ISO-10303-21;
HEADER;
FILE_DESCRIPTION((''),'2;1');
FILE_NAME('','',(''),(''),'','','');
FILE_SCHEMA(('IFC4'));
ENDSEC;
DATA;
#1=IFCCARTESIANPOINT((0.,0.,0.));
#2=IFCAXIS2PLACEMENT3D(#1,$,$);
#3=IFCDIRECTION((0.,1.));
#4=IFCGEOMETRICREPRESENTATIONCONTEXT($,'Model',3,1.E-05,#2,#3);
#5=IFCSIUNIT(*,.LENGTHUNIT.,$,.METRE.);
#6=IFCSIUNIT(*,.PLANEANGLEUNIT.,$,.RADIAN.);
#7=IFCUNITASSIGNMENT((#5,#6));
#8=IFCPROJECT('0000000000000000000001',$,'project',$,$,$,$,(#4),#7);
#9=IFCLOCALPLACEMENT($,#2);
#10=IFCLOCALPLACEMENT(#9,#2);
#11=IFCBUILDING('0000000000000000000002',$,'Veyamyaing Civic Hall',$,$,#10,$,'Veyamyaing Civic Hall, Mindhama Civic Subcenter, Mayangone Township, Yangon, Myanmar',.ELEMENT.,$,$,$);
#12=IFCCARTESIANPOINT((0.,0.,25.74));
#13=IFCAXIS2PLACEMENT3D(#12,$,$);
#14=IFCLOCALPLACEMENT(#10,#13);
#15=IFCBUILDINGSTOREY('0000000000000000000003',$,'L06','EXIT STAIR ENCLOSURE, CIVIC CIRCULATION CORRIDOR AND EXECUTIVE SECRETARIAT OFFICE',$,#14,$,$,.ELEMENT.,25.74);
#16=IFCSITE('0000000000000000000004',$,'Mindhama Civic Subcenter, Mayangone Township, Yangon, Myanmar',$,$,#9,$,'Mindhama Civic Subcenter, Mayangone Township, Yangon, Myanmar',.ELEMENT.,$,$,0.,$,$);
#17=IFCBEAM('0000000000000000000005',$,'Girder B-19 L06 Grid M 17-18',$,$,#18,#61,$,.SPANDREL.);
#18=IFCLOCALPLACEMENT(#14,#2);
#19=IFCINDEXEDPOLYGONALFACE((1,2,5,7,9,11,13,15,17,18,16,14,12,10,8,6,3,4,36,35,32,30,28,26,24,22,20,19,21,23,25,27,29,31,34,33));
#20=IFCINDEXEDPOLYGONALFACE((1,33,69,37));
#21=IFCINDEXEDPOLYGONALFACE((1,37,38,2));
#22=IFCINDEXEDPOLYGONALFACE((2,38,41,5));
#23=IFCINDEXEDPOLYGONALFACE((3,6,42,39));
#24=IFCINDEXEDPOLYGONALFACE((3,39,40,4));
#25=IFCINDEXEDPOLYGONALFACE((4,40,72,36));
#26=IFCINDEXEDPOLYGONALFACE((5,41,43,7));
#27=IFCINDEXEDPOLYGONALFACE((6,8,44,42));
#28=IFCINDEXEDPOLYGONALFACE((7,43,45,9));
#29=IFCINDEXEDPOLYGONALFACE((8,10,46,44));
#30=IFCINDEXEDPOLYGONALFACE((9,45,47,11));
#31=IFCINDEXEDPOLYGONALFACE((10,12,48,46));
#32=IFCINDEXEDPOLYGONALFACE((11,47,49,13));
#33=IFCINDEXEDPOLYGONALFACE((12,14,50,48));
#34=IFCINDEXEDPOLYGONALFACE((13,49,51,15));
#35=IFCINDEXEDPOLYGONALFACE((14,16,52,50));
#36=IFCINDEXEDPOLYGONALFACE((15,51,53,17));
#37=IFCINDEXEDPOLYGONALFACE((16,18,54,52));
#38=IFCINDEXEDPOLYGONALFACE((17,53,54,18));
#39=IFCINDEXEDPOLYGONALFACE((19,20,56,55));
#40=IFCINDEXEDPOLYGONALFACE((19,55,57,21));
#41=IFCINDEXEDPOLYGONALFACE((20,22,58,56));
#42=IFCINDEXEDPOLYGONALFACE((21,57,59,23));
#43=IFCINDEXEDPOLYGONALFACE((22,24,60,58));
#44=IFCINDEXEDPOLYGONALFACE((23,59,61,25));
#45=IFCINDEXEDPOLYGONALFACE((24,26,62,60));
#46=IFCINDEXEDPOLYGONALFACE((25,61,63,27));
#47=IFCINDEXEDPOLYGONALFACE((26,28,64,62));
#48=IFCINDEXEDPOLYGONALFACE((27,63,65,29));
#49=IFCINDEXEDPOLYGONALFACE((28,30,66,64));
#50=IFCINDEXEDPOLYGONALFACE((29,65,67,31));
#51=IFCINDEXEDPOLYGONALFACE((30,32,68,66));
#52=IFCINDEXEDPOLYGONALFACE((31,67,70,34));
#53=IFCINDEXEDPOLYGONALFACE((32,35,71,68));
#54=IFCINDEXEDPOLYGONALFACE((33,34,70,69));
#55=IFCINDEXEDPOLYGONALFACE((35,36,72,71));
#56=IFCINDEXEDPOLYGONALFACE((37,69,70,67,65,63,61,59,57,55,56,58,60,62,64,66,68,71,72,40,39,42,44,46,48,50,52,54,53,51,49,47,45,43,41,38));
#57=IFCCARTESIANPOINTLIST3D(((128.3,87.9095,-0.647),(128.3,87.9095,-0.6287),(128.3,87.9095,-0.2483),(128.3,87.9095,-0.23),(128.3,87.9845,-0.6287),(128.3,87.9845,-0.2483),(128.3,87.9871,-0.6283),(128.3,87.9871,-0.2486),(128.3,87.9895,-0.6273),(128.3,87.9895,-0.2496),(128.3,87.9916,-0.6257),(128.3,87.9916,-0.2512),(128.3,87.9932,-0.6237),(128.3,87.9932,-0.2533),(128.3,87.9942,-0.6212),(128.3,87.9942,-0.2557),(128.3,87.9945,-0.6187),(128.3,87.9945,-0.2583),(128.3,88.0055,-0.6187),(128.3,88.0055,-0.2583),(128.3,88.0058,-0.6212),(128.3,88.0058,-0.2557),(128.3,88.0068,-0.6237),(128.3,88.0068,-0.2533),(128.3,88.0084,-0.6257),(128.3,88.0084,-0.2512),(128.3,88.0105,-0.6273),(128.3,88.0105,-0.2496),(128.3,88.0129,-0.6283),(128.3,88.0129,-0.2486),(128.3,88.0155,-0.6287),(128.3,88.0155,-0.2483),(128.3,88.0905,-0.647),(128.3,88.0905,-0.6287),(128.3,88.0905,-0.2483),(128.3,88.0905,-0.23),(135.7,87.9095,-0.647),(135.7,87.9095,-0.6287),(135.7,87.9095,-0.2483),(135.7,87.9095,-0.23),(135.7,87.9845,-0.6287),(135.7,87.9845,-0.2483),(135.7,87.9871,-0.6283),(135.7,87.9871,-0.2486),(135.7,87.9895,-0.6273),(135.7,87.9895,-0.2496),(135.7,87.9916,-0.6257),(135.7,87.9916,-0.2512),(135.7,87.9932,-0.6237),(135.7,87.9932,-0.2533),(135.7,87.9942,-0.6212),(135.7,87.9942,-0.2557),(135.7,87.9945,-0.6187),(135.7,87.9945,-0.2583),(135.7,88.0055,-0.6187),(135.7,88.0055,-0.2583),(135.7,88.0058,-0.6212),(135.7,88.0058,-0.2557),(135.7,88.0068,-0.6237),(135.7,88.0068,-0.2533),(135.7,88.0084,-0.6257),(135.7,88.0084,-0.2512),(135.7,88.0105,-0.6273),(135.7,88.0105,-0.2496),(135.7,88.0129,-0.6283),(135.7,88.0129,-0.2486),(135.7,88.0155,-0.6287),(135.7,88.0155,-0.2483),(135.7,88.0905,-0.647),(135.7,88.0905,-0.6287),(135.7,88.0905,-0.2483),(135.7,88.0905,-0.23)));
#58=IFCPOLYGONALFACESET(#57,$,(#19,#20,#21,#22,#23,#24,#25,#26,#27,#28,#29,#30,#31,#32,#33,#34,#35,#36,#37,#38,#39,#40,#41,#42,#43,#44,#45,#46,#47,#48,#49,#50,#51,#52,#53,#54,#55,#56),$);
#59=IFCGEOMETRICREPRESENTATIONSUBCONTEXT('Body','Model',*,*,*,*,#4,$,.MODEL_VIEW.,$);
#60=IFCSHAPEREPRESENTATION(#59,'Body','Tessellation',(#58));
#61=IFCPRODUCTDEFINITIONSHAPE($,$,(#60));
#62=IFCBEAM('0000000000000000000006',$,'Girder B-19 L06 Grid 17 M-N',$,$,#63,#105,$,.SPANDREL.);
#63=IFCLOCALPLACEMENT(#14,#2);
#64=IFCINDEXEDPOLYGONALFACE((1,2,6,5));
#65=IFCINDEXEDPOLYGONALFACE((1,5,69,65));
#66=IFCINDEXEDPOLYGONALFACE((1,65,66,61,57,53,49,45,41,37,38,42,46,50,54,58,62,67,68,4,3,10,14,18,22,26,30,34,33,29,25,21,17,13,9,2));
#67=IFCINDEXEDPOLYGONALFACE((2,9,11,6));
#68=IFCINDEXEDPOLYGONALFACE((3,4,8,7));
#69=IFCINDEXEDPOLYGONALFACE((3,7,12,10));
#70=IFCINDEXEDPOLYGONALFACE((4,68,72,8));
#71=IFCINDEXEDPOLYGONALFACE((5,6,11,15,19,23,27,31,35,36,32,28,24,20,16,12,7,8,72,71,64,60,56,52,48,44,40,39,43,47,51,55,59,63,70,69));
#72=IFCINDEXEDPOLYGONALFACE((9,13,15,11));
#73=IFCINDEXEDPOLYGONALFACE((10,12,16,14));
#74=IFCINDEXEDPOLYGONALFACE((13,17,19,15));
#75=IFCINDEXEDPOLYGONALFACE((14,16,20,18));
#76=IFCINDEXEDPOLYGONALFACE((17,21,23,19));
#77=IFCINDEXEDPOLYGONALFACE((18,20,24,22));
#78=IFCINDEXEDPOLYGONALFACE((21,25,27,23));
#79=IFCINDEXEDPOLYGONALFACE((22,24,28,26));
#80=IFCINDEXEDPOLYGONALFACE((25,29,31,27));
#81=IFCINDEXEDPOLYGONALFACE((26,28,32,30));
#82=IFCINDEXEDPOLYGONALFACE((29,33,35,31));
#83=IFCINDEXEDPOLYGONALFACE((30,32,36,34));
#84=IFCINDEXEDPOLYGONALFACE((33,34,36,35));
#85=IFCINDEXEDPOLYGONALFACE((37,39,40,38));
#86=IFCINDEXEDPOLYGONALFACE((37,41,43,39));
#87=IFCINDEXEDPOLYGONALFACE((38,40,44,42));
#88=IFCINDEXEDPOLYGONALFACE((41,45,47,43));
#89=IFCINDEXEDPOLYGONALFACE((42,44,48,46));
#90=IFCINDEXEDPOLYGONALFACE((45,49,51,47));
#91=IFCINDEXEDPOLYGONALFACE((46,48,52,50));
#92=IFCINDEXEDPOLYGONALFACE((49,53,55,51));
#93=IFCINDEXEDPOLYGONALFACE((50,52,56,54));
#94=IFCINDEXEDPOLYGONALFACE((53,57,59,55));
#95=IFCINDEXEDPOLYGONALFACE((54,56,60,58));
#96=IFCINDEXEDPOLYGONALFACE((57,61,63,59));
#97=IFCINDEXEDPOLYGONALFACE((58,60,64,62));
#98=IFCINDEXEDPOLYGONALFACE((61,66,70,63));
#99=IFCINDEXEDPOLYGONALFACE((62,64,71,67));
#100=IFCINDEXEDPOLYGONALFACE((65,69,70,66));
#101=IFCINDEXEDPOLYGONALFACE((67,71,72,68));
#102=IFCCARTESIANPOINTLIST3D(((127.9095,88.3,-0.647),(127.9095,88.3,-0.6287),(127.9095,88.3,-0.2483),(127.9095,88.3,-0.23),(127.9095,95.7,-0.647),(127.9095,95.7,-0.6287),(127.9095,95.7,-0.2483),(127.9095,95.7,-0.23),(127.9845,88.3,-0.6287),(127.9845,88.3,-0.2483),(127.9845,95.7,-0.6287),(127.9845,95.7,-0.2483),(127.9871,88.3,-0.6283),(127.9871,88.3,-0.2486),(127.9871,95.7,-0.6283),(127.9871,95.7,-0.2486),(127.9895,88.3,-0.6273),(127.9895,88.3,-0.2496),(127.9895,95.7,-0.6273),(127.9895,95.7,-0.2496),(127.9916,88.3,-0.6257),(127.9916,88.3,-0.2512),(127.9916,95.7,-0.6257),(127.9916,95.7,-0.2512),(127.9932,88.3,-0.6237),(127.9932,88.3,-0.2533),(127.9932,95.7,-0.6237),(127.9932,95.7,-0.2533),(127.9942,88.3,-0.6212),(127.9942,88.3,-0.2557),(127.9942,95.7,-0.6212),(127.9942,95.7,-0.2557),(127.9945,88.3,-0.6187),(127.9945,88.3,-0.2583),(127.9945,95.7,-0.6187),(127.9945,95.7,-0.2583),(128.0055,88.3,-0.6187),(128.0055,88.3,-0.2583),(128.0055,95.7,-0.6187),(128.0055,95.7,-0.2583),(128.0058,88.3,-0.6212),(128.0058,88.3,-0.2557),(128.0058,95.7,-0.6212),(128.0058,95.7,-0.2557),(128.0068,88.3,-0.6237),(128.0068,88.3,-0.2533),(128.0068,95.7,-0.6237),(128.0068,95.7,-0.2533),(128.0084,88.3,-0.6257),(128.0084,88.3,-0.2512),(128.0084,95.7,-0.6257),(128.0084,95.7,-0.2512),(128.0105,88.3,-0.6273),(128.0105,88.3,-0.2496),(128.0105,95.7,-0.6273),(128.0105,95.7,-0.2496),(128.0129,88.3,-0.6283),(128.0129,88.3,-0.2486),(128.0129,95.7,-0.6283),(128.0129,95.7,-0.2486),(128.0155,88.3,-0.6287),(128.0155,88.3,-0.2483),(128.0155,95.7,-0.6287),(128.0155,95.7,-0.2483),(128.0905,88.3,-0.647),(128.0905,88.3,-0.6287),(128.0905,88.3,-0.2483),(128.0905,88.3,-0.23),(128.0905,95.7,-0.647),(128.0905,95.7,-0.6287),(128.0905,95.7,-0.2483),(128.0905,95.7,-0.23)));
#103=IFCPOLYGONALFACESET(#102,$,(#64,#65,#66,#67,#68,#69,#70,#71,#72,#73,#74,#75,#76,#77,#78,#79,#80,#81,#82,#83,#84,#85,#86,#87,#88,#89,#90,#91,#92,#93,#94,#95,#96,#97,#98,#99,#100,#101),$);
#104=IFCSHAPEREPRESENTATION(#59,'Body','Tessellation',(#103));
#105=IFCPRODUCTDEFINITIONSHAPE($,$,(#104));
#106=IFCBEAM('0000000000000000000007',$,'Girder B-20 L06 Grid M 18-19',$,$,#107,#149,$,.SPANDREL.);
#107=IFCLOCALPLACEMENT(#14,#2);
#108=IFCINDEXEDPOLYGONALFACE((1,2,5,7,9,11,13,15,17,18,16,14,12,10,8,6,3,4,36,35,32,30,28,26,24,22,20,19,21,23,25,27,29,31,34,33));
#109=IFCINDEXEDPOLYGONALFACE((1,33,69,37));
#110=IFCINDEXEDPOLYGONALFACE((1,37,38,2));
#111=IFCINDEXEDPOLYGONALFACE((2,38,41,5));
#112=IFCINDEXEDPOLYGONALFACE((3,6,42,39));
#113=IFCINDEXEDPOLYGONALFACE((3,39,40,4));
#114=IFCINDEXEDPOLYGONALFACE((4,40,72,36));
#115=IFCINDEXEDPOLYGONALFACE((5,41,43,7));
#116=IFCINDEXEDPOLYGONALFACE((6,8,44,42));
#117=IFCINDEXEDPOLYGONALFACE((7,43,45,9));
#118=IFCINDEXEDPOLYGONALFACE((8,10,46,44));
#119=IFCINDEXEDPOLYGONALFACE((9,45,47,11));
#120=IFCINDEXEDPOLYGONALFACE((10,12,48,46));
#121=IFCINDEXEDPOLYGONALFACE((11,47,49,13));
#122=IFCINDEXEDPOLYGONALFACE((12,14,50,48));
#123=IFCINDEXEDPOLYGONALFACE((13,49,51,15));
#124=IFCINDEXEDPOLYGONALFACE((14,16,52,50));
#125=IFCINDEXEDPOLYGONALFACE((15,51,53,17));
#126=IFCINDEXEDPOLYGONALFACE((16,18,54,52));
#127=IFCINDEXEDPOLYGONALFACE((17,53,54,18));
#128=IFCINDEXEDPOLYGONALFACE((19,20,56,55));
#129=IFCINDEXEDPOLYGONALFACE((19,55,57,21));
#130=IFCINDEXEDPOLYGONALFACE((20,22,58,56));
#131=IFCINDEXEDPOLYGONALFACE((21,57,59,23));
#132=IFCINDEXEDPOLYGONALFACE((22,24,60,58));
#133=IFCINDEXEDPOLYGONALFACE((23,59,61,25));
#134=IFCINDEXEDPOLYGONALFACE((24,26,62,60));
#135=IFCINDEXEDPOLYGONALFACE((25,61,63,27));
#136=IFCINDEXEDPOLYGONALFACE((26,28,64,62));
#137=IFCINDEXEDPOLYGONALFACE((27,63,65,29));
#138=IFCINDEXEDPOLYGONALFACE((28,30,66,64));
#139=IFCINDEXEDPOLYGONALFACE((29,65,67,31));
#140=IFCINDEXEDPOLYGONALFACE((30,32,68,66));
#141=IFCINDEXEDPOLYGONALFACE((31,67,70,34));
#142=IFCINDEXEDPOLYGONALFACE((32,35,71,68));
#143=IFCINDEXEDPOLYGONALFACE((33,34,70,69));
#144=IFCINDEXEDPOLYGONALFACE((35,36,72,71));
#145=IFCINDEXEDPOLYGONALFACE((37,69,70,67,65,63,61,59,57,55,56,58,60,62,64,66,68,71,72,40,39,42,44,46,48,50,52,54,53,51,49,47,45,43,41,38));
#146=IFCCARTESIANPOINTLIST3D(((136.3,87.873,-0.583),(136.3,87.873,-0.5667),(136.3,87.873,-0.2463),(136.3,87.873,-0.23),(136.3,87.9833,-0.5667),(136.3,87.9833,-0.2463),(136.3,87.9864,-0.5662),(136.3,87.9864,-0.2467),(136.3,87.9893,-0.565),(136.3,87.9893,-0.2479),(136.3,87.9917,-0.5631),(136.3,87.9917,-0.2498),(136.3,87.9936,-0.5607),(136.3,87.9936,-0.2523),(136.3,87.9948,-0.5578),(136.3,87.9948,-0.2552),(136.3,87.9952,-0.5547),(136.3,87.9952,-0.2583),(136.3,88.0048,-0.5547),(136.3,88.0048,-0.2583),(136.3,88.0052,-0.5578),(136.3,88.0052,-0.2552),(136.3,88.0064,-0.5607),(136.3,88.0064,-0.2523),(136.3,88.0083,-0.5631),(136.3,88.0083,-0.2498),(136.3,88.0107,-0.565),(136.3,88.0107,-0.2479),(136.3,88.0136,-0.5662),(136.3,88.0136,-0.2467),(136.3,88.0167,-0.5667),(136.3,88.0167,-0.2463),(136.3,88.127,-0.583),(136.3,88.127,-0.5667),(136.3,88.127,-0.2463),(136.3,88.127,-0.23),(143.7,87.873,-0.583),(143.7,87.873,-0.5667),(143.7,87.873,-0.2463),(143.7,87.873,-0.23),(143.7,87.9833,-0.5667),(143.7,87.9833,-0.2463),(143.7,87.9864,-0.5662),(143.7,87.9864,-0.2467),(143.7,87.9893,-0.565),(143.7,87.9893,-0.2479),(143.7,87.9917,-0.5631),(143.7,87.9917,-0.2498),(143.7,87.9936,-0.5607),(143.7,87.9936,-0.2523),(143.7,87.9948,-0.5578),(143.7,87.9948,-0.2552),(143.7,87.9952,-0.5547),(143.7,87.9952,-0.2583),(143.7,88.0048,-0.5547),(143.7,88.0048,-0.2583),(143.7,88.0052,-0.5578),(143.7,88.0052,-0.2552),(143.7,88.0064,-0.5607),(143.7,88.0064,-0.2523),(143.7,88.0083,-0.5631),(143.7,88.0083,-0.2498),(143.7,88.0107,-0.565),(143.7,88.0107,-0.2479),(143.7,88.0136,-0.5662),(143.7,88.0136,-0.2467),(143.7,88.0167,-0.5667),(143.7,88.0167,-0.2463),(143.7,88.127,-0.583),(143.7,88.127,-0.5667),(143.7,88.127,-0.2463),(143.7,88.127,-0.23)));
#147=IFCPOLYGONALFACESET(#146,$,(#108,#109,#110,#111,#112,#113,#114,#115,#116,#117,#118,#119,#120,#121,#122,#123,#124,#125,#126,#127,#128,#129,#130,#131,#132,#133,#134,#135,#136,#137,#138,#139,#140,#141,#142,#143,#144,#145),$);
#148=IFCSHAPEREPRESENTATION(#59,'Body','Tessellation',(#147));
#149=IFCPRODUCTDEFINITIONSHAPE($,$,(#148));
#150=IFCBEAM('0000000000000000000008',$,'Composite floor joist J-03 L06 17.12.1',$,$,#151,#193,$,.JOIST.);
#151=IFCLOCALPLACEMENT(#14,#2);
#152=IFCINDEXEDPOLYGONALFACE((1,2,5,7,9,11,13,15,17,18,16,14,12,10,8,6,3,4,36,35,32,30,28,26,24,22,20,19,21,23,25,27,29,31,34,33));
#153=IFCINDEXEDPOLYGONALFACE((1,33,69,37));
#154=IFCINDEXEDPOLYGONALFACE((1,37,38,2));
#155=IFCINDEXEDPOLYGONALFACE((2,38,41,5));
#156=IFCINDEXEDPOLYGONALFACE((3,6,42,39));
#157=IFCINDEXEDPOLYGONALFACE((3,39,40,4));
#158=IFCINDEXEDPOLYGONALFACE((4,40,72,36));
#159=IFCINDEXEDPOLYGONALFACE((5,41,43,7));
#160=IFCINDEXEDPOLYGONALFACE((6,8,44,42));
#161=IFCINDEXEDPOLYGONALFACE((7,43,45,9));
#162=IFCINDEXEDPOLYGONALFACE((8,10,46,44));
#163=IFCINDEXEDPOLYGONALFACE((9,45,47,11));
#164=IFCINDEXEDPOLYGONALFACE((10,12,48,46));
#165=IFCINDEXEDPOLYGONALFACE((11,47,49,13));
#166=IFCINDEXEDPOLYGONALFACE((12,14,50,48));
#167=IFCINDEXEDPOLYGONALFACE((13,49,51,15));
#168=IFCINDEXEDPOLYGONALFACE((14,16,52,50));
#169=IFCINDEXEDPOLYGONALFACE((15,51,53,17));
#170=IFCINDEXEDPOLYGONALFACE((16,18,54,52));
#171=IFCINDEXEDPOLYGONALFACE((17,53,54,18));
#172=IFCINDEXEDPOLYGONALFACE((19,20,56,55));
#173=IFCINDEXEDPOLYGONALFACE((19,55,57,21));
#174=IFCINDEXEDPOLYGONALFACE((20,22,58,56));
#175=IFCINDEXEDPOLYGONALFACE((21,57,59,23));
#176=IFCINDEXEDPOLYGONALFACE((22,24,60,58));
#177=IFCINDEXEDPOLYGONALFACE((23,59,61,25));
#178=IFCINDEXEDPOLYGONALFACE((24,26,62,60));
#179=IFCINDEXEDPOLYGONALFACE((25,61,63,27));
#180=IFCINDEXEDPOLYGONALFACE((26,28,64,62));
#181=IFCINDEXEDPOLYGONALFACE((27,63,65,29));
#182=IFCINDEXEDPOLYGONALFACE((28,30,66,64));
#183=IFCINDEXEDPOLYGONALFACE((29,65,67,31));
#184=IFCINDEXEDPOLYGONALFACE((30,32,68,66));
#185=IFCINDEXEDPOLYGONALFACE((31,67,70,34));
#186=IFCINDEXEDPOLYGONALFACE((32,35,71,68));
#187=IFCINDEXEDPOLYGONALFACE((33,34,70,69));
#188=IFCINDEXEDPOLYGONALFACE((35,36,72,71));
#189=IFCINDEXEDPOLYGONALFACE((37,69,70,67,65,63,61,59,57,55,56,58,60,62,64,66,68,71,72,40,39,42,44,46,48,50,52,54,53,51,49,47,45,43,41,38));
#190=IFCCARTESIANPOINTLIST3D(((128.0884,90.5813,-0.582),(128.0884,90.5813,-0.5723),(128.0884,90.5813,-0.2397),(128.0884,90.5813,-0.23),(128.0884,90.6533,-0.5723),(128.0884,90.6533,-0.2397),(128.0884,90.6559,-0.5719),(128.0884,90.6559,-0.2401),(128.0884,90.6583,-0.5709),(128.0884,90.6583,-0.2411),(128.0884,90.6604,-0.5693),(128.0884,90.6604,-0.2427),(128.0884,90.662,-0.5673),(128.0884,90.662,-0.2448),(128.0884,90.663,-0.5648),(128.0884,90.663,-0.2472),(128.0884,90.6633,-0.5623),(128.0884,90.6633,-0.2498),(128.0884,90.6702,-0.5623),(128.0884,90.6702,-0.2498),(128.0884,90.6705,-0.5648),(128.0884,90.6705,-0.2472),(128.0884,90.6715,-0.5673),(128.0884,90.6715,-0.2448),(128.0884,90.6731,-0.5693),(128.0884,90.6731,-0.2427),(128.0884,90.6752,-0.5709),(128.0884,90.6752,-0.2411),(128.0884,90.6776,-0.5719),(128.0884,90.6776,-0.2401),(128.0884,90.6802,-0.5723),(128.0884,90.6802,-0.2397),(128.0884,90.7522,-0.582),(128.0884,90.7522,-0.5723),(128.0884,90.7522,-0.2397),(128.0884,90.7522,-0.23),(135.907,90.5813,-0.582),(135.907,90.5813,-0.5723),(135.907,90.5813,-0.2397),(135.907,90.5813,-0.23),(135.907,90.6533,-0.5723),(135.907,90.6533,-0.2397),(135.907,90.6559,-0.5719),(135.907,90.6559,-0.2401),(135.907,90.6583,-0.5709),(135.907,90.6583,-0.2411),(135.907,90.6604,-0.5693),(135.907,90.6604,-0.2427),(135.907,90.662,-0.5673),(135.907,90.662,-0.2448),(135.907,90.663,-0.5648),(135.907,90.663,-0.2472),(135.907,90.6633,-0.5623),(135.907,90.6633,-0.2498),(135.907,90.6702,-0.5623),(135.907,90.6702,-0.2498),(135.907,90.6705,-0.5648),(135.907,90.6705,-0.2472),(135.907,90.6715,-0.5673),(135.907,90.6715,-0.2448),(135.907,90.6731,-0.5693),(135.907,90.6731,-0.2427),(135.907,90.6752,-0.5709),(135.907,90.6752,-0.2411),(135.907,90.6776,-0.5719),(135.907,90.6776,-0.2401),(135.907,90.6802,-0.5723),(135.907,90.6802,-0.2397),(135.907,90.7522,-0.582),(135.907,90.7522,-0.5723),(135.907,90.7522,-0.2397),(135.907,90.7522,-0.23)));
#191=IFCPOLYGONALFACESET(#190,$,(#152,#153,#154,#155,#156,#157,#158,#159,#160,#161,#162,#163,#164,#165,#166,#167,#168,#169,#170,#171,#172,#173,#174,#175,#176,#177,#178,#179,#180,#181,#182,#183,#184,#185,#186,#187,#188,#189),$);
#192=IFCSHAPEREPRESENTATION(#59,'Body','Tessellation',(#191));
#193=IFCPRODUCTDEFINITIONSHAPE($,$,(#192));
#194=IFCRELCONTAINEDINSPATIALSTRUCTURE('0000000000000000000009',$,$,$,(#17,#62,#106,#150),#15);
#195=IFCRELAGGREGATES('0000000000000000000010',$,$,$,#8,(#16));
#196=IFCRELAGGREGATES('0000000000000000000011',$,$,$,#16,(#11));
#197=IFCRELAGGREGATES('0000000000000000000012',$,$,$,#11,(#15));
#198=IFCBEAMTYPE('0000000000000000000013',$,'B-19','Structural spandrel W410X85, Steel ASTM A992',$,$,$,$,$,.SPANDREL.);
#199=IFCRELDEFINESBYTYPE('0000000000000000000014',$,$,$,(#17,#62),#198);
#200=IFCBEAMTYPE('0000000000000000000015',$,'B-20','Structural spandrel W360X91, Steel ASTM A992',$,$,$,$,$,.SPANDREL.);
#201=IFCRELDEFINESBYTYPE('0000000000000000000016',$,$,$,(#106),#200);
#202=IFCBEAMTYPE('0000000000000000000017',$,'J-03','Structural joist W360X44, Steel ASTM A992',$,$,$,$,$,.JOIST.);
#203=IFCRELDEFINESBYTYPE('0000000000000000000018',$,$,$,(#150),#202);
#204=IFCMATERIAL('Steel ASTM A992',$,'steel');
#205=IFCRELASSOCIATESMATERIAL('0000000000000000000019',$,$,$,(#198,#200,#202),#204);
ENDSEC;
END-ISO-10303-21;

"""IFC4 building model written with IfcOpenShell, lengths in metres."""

from ifc_helpers import new_model, si_unit, direction, frame, origin, origin_2d, place, context, subcontext, project, spatial, i_section, extrude, material, material_profile, profile_set, type_object, element, save


model = new_model("IFC4")

# Units and contexts
model_context = context("Model", 3, precision=1e-05, world=origin(), true_north=direction((0.0, 1.0)))
body_context = subcontext(model_context, "Body", "Model", "MODEL_VIEW")
ifc_project = project(units=[si_unit("LENGTHUNIT", "METRE"), si_unit("PLANEANGLEUNIT", "RADIAN")], contexts=[model_context])

# Site, building, storey
site_placement = place(None, origin())
site = spatial("IfcSite", under=ifc_project, at=site_placement, Name="Mindhama Civic Subcenter, Mayangone Township, Yangon, Myanmar", LongName="Mindhama Civic Subcenter, Mayangone Township, Yangon, Myanmar", CompositionType="ELEMENT", RefElevation=0.0)
building_placement = place(site_placement, origin())
building = spatial("IfcBuilding", under=site, at=building_placement, Name="Veyamyaing Civic Hall", LongName="Veyamyaing Civic Hall, Mindhama Civic Subcenter, Mayangone Township, Yangon, Myanmar", CompositionType="ELEMENT")
storey_placement = place(building_placement, frame((0.0, 0.0, 25.74)))
storey = spatial("IfcBuildingStorey", under=building, at=storey_placement, Name="L06", Description="EXIT STAIR ENCLOSURE, CIVIC CIRCULATION CORRIDOR AND EXECUTIVE SECRETARIAT OFFICE", CompositionType="ELEMENT", Elevation=25.74)

# Beams
ifc_material_1 = material(Name="Steel ASTM A992", Category="steel")
ifc_material_profile_1 = material_profile(ifc_material_1, i_section(OverallWidth=0.1809, OverallDepth=0.417, WebThickness=0.011, FlangeThickness=0.0183, FilletRadius=0.01, at=origin_2d()), Name="W410X85")
ifc_profile_set_1 = profile_set([ifc_material_profile_1], Name="Steel ASTM A992")
beam_type_1 = type_object("IfcBeamType", Name="B-19", Description="Structural spandrel W410X85, Steel ASTM A992", PredefinedType="SPANDREL", material=ifc_profile_set_1)
for number, where, z_axis, x_axis, name in (
    (1, (128.3, 88.0, -0.4385), (1.0, 0.0, 0.0), (0.0, 1.0, 0.0), "Girder B-19 L06 Grid M 17-18"),
    (2, (128.0, 88.3, -0.4385), (0.0, 1.0, 0.0), (-1.0, 0.0, 0.0), "Girder B-19 L06 Grid 17 M-N"),
):
    element("IfcBeam", number, at=place(storey_placement, frame(where, z_axis=z_axis, x_axis=x_axis)), inside=storey, type_object=beam_type_1, Name=name, PredefinedType="SPANDREL", context=body_context, shape_type="SweptSolid", body=[
        extrude(i_section(OverallWidth=0.1809, OverallDepth=0.417, WebThickness=0.011, FlangeThickness=0.0183, FilletRadius=0.01, at=origin_2d()), origin(), (0.0, 0.0, 1.0), 7.3999),
    ])
ifc_material_profile_2 = material_profile(ifc_material_1, i_section(OverallWidth=0.2539, OverallDepth=0.353, WebThickness=0.0095, FlangeThickness=0.0164, FilletRadius=0.012, at=origin_2d()), Name="W360X91")
ifc_profile_set_2 = profile_set([ifc_material_profile_2], Name="Steel ASTM A992")
beam_type_2 = type_object("IfcBeamType", Name="B-20", Description="Structural spandrel W360X91, Steel ASTM A992", PredefinedType="SPANDREL", material=ifc_profile_set_2)
beam_1_placement = place(storey_placement, frame((136.3, 88.0, -0.4065), z_axis=(1.0, 0.0, 0.0), x_axis=(0.0, 1.0, 0.0)))
element("IfcBeam", 3, at=beam_1_placement, inside=storey, type_object=beam_type_2, Name="Girder B-20 L06 Grid M 18-19", PredefinedType="SPANDREL", context=body_context, shape_type="SweptSolid", body=[
    extrude(i_section(OverallWidth=0.2539, OverallDepth=0.353, WebThickness=0.0095, FlangeThickness=0.0164, FilletRadius=0.012, at=origin_2d()), origin(), (0.0, 0.0, 1.0), 7.3999),
])
ifc_material_profile_3 = material_profile(ifc_material_1, i_section(OverallWidth=0.1709, OverallDepth=0.3521, WebThickness=0.0068, FlangeThickness=0.0098, FilletRadius=0.01, at=origin_2d()), Name="W360X44")
ifc_profile_set_3 = profile_set([ifc_material_profile_3], Name="Steel ASTM A992")
beam_type_3 = type_object("IfcBeamType", Name="J-03", Description="Structural joist W360X44, Steel ASTM A992", PredefinedType="JOIST", material=ifc_profile_set_3)
beam_2_placement = place(storey_placement, frame((128.0884, 90.6667, -0.406), z_axis=(1.0, 0.0, 0.0), x_axis=(0.0, 1.0, 0.0)))
element("IfcBeam", 4, at=beam_2_placement, inside=storey, type_object=beam_type_3, Name="Composite floor joist J-03 L06 17.12.1", PredefinedType="JOIST", context=body_context, shape_type="SweptSolid", body=[
    extrude(i_section(OverallWidth=0.1709, OverallDepth=0.3521, WebThickness=0.0068, FlangeThickness=0.0098, FilletRadius=0.01, at=origin_2d()), origin(), (0.0, 0.0, 1.0), 7.8186),
])

save(model, "model.ifc")
